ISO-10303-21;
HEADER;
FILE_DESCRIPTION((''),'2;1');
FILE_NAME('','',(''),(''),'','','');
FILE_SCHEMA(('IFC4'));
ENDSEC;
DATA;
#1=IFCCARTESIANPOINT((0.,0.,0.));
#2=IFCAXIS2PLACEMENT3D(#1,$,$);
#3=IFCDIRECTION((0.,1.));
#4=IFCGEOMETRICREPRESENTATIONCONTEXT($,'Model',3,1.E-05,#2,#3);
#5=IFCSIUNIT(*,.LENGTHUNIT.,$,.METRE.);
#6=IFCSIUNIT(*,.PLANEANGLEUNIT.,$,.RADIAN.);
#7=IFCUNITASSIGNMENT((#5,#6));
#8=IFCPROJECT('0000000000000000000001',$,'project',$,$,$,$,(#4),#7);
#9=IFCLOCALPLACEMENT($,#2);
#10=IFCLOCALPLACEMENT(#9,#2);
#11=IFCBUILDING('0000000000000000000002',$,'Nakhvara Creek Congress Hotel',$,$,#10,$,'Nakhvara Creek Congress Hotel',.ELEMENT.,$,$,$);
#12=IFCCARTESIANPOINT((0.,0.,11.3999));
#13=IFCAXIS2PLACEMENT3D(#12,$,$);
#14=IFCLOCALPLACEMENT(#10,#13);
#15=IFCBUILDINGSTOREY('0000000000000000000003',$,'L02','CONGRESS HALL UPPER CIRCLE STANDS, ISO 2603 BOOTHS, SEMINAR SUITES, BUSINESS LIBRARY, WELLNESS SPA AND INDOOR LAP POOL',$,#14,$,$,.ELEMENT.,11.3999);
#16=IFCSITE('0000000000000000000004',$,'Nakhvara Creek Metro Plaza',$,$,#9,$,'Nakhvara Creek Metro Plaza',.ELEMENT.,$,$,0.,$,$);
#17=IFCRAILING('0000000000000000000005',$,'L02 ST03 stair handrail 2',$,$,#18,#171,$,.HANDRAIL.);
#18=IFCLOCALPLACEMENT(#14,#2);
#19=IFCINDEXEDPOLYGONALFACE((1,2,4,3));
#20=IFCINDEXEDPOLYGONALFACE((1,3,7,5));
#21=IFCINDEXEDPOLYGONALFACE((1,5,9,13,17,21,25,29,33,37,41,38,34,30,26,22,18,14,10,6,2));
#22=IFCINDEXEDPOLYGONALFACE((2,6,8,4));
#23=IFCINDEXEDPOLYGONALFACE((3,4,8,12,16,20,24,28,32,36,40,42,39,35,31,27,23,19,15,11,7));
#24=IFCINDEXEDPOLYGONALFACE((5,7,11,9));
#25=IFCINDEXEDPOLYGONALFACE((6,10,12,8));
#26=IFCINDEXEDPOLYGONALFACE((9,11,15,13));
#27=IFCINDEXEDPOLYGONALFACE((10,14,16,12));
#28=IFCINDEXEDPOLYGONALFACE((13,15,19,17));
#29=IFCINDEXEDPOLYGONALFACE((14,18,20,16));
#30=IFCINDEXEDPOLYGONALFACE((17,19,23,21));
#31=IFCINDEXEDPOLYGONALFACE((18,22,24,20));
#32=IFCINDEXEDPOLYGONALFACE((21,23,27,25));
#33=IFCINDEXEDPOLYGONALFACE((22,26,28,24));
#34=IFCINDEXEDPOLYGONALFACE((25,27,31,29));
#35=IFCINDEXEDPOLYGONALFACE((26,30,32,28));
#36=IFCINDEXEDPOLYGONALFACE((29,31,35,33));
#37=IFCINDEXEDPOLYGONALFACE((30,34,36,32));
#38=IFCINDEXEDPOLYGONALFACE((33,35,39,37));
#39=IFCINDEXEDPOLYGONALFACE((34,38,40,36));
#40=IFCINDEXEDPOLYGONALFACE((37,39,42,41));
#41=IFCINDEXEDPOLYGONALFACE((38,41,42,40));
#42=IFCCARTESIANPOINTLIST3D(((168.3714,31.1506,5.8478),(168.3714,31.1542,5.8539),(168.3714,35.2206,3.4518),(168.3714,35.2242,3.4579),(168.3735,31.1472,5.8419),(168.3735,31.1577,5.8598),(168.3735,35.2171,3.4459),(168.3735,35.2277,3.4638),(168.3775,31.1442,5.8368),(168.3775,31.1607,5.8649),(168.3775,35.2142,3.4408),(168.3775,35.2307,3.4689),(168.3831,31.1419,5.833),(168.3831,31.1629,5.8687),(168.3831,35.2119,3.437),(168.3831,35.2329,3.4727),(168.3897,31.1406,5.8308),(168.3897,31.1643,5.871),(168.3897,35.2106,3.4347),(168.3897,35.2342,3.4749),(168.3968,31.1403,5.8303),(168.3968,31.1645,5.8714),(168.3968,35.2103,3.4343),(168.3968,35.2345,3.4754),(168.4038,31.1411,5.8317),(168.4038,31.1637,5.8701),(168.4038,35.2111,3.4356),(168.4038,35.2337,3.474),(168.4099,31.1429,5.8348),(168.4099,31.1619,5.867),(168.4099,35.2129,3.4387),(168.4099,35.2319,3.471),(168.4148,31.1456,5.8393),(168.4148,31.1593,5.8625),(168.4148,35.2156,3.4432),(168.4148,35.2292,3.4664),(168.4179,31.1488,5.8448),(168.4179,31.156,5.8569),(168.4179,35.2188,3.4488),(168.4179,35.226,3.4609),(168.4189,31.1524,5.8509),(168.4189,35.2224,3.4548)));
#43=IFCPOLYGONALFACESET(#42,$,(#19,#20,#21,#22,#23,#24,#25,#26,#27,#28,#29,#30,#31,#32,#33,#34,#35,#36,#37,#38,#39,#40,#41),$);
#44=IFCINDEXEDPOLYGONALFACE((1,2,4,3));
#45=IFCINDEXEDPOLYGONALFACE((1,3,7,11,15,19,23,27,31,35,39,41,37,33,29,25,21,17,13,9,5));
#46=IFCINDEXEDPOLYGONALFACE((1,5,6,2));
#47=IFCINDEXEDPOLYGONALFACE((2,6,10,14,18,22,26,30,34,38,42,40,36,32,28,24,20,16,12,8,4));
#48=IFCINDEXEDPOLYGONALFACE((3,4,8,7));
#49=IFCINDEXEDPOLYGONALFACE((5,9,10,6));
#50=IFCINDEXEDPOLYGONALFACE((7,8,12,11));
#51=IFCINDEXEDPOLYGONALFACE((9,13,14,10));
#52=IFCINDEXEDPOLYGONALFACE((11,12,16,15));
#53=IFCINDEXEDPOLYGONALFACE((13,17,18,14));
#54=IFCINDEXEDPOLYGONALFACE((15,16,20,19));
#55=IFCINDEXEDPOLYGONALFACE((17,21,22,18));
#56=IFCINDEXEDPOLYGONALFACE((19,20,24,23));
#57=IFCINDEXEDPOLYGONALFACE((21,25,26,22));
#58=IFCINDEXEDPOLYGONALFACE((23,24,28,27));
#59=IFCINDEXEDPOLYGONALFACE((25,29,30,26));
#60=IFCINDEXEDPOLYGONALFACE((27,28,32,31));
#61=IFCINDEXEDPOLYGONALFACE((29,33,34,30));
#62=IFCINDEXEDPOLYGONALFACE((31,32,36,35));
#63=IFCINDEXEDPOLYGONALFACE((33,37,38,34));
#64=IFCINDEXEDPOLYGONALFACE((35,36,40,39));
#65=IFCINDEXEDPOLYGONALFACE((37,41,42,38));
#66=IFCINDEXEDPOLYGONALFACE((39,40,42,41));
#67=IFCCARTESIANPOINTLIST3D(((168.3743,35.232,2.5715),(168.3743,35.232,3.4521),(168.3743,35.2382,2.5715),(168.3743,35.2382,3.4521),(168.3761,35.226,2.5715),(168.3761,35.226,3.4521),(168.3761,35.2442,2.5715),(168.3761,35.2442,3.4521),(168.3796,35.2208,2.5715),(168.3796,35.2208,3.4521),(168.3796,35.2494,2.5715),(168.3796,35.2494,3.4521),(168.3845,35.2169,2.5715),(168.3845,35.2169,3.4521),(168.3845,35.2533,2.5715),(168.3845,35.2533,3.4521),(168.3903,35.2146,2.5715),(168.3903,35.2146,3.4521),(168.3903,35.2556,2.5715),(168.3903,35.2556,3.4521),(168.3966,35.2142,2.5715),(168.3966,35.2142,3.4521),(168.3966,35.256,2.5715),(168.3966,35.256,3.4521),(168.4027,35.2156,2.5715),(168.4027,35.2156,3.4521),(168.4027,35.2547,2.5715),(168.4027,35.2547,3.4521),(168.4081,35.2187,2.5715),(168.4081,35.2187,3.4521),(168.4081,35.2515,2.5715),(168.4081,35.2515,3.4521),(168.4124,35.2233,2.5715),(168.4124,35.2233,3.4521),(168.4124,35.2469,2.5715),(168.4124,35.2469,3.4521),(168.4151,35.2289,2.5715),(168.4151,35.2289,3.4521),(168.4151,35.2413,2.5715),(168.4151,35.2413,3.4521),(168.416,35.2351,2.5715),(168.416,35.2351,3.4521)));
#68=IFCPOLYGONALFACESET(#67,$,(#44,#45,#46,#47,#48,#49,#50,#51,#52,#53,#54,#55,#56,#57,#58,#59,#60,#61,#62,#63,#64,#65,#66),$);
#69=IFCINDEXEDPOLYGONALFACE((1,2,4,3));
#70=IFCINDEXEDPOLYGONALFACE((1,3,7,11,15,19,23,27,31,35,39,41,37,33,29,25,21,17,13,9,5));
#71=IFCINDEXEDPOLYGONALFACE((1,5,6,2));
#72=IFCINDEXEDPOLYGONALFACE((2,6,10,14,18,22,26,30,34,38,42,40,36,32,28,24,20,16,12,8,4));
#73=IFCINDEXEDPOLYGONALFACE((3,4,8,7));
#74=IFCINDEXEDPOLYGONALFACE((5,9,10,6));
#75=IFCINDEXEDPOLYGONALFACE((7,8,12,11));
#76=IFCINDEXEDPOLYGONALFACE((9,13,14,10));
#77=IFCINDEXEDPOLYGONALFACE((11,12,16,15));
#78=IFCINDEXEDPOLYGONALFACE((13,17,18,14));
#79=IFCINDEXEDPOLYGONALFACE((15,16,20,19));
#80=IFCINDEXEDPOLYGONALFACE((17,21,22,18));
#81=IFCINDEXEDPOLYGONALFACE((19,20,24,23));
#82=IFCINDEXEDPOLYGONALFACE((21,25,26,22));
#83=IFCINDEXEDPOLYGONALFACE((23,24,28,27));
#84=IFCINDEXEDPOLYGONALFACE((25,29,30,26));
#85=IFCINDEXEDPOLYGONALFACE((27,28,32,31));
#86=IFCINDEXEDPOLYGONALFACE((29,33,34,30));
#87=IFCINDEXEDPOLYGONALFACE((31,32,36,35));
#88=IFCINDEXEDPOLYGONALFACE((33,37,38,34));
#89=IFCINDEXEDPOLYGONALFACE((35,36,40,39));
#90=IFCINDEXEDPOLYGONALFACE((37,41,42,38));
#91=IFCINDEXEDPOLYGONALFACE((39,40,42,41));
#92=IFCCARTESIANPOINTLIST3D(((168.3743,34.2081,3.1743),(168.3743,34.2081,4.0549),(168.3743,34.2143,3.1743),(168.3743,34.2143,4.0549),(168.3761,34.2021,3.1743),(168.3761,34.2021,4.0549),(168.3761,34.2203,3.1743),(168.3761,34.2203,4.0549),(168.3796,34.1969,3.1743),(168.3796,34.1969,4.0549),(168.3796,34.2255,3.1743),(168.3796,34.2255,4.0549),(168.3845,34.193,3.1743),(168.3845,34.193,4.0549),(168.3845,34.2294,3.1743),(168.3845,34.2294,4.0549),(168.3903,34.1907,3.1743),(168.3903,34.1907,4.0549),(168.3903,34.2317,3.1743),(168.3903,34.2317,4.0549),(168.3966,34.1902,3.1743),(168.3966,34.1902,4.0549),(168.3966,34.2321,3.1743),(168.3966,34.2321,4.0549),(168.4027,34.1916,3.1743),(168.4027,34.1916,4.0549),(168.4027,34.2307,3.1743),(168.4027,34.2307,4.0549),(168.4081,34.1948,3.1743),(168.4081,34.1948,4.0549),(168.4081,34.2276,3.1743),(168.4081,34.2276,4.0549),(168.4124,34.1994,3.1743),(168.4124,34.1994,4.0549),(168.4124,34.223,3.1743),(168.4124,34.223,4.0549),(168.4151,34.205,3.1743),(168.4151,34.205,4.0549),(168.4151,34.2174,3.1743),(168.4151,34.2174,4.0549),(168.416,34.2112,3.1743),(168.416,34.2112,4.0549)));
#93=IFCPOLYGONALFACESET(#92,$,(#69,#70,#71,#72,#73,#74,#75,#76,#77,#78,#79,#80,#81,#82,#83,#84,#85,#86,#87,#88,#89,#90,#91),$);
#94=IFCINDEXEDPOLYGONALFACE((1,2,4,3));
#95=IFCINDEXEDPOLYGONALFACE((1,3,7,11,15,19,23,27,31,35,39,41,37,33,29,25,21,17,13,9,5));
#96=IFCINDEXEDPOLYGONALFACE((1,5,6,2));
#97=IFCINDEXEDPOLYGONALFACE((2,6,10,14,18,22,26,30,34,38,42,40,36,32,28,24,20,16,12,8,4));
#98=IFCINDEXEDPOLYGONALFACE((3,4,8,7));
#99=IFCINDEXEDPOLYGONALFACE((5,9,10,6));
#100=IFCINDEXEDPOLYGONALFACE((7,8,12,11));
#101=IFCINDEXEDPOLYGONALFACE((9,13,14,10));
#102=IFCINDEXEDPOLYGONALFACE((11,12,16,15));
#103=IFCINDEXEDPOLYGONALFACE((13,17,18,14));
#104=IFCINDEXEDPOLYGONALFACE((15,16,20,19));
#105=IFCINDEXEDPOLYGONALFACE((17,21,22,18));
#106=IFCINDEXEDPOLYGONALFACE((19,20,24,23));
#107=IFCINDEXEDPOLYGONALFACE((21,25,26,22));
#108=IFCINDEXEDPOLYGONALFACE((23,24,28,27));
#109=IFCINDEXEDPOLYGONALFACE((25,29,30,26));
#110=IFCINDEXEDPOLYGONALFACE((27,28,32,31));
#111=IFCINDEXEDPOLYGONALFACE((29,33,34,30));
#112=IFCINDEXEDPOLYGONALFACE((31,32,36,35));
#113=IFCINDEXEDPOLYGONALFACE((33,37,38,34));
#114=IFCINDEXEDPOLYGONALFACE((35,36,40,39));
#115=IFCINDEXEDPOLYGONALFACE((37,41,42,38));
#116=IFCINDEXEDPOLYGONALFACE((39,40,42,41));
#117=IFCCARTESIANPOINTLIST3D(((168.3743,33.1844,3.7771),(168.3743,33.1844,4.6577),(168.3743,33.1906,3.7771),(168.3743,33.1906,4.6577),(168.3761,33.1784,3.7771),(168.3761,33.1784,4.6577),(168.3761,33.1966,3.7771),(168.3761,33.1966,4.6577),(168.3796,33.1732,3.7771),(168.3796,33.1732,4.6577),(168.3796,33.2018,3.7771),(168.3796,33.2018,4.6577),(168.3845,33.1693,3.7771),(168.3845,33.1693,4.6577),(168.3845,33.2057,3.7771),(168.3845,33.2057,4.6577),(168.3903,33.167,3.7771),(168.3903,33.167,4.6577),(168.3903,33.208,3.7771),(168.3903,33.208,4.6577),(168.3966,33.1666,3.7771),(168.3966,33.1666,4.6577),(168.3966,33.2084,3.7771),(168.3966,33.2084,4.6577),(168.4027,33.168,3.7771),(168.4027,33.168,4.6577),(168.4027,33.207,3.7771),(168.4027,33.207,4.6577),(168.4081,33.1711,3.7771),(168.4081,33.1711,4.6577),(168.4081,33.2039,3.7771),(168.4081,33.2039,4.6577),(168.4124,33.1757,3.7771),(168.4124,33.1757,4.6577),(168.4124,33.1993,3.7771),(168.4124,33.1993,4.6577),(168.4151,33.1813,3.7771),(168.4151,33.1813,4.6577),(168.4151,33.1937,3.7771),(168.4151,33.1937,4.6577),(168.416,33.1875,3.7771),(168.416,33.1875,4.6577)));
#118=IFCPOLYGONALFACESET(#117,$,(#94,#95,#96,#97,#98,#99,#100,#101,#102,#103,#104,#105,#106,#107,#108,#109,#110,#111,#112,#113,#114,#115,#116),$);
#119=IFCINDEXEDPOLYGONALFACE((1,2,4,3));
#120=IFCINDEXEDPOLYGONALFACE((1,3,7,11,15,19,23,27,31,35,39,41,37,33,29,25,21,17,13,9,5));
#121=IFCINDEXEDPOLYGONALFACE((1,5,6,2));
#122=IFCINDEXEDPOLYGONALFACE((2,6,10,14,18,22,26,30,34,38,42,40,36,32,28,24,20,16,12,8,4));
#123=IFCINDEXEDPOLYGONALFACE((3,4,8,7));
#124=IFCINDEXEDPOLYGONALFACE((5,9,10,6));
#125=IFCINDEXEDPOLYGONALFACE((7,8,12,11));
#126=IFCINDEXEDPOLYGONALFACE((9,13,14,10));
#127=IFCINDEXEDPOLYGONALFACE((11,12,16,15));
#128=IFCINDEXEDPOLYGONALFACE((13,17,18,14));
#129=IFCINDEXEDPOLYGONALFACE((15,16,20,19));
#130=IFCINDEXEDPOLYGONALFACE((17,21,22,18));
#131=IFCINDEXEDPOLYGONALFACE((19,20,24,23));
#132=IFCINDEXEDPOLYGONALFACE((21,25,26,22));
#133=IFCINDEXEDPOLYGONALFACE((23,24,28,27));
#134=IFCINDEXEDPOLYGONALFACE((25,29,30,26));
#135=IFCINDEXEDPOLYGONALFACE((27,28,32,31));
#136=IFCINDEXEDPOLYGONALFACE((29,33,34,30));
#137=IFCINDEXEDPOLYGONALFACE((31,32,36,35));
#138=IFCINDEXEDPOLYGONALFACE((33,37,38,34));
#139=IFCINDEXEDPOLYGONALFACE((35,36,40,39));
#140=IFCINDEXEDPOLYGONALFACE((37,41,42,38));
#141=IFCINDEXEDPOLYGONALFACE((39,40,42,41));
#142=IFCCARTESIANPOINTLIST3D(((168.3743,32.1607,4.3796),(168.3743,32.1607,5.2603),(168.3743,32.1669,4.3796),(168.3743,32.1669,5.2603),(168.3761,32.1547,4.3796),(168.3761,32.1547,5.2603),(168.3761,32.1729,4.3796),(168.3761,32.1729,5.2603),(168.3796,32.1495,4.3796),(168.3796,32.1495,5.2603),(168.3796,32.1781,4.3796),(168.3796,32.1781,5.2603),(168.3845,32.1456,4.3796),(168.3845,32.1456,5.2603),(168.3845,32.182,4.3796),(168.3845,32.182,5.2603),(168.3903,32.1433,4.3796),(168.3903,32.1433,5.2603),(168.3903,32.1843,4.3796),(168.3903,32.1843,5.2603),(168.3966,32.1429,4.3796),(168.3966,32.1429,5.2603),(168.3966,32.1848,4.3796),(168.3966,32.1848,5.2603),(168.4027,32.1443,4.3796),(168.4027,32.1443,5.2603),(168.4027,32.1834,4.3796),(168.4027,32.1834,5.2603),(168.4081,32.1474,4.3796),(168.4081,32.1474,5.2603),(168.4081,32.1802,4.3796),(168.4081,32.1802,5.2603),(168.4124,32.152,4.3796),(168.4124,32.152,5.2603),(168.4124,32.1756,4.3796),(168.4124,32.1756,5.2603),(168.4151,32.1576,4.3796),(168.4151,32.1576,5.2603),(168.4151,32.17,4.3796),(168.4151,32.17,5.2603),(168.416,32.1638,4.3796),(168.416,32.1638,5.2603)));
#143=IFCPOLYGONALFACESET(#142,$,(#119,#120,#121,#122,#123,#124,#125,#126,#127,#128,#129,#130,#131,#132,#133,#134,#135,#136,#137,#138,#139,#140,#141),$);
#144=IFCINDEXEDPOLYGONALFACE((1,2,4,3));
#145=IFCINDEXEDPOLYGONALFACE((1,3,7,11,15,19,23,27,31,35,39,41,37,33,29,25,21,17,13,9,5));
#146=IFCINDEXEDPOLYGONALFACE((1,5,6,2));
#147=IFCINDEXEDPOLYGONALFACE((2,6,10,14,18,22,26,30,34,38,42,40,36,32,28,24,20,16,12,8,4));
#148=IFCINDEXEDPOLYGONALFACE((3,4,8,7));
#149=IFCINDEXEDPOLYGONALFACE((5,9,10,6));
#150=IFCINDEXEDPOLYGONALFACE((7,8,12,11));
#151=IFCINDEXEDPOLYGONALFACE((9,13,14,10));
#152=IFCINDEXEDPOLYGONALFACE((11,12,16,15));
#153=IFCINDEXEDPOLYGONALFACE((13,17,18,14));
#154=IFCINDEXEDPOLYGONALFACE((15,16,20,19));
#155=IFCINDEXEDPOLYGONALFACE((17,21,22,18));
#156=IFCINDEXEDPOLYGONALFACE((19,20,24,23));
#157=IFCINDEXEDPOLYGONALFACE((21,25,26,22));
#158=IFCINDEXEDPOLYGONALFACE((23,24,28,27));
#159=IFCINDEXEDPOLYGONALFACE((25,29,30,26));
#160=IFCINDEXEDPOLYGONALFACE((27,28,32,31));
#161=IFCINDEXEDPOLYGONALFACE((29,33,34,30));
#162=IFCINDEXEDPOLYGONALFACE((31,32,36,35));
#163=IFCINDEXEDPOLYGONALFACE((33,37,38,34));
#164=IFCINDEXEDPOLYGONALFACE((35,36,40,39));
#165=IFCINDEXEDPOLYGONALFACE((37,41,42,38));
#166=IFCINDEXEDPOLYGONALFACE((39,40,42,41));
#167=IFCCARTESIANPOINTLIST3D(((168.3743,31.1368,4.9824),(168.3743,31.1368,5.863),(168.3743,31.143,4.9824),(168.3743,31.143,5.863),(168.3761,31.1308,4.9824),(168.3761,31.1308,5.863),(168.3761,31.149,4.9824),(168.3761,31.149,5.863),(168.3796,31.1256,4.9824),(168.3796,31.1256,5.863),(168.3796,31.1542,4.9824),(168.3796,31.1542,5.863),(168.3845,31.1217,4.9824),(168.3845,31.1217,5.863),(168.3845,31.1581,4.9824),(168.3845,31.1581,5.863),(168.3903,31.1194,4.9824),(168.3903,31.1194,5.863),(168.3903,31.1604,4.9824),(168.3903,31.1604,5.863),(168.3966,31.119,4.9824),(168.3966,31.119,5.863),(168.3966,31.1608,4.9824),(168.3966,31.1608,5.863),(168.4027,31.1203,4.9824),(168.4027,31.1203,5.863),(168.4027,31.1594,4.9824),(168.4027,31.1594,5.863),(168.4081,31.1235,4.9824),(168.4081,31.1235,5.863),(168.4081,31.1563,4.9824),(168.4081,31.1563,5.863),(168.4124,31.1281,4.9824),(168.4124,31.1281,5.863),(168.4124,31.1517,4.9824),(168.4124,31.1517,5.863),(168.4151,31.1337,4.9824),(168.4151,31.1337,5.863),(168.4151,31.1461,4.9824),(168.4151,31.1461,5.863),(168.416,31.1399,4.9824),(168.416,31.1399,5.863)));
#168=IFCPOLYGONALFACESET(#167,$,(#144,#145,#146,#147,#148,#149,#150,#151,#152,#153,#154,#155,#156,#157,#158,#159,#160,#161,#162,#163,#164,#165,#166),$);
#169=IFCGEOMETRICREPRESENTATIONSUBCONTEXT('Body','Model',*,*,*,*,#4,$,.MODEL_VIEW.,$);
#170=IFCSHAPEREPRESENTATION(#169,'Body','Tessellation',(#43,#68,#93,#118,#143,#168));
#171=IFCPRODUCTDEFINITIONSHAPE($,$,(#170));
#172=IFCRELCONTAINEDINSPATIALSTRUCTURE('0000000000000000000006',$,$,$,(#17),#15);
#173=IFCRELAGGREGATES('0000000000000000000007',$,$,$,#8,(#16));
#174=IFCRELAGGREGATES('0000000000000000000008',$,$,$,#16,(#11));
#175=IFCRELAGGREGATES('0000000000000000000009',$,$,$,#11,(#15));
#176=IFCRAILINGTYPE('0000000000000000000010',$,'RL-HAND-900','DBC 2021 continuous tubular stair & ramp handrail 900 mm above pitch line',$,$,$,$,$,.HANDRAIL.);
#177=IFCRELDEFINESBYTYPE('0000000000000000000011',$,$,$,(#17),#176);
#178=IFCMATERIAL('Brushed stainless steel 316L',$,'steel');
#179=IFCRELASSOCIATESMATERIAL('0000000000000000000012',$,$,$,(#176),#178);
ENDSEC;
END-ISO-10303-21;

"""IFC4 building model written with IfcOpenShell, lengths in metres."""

from ifc_helpers import new_model, si_unit, direction, frame, origin, origin_2d, place, context, subcontext, project, spatial, circle, extrude, material, type_object, element, save


model = new_model("IFC4")

# Units and contexts
model_context = context("Model", 3, precision=1e-05, world=origin(), true_north=direction((0.0, 1.0)))
body_context = subcontext(model_context, "Body", "Model", "MODEL_VIEW")
ifc_project = project(units=[si_unit("LENGTHUNIT", "METRE"), si_unit("PLANEANGLEUNIT", "RADIAN")], contexts=[model_context])

# Site, building, storey
site_placement = place(None, origin())
site = spatial("IfcSite", under=ifc_project, at=site_placement, Name="Nakhvara Creek Metro Plaza", LongName="Nakhvara Creek Metro Plaza", CompositionType="ELEMENT", RefElevation=0.0)
building_placement = place(site_placement, origin())
building = spatial("IfcBuilding", under=site, at=building_placement, Name="Nakhvara Creek Congress Hotel", LongName="Nakhvara Creek Congress Hotel", CompositionType="ELEMENT")
storey_placement = place(building_placement, frame((0.0, 0.0, 11.3999)))
storey = spatial("IfcBuildingStorey", under=building, at=storey_placement, Name="L02", Description="CONGRESS HALL UPPER CIRCLE STANDS, ISO 2603 BOOTHS, SEMINAR SUITES, BUSINESS LIBRARY, WELLNESS SPA AND INDOOR LAP POOL", CompositionType="ELEMENT", Elevation=11.3999)

# Railing
ifc_material_1 = material(Name="Brushed stainless steel 316L", Category="steel")
railing_type_1 = type_object("IfcRailingType", Name="RL-HAND-900", Description="DBC 2021 continuous tubular stair & ramp handrail 900 mm above pitch line", PredefinedType="HANDRAIL", material=ifc_material_1)
railing_1_placement = place(storey_placement, frame((168.395, 35.2351, 2.5715)))
element("IfcRailing", 1, at=railing_1_placement, inside=storey, type_object=railing_type_1, Name="L02 ST03 stair handrail 2", PredefinedType="HANDRAIL", context=body_context, shape_type="SweptSolid", body=[
    extrude(circle(Radius=0.0239, at=origin_2d()), frame((0.0, -0.0127, 0.8833), z_axis=(0.0, -0.861756, 0.507323), x_axis=(1.0, 0.0, 0.0)), (0.0, 0.0, 1.0), 4.7229),
    extrude(circle(Radius=0.021, at=origin_2d()), origin(), (0.0, 0.0, 1.0), 0.8806),
    extrude(circle(Radius=0.021, at=origin_2d()), frame((0.0, -1.0239, 0.6028)), (0.0, 0.0, 1.0), 0.8806),
    extrude(circle(Radius=0.021, at=origin_2d()), frame((0.0, -2.0476, 1.2056)), (0.0, 0.0, 1.0), 0.8806),
    extrude(circle(Radius=0.021, at=origin_2d()), frame((0.0, -3.0713, 1.8081)), (0.0, 0.0, 1.0), 0.8806),
    extrude(circle(Radius=0.021, at=origin_2d()), frame((0.0, -4.0952, 2.4109)), (0.0, 0.0, 1.0), 0.8806),
])

save(model, "model.ifc")
